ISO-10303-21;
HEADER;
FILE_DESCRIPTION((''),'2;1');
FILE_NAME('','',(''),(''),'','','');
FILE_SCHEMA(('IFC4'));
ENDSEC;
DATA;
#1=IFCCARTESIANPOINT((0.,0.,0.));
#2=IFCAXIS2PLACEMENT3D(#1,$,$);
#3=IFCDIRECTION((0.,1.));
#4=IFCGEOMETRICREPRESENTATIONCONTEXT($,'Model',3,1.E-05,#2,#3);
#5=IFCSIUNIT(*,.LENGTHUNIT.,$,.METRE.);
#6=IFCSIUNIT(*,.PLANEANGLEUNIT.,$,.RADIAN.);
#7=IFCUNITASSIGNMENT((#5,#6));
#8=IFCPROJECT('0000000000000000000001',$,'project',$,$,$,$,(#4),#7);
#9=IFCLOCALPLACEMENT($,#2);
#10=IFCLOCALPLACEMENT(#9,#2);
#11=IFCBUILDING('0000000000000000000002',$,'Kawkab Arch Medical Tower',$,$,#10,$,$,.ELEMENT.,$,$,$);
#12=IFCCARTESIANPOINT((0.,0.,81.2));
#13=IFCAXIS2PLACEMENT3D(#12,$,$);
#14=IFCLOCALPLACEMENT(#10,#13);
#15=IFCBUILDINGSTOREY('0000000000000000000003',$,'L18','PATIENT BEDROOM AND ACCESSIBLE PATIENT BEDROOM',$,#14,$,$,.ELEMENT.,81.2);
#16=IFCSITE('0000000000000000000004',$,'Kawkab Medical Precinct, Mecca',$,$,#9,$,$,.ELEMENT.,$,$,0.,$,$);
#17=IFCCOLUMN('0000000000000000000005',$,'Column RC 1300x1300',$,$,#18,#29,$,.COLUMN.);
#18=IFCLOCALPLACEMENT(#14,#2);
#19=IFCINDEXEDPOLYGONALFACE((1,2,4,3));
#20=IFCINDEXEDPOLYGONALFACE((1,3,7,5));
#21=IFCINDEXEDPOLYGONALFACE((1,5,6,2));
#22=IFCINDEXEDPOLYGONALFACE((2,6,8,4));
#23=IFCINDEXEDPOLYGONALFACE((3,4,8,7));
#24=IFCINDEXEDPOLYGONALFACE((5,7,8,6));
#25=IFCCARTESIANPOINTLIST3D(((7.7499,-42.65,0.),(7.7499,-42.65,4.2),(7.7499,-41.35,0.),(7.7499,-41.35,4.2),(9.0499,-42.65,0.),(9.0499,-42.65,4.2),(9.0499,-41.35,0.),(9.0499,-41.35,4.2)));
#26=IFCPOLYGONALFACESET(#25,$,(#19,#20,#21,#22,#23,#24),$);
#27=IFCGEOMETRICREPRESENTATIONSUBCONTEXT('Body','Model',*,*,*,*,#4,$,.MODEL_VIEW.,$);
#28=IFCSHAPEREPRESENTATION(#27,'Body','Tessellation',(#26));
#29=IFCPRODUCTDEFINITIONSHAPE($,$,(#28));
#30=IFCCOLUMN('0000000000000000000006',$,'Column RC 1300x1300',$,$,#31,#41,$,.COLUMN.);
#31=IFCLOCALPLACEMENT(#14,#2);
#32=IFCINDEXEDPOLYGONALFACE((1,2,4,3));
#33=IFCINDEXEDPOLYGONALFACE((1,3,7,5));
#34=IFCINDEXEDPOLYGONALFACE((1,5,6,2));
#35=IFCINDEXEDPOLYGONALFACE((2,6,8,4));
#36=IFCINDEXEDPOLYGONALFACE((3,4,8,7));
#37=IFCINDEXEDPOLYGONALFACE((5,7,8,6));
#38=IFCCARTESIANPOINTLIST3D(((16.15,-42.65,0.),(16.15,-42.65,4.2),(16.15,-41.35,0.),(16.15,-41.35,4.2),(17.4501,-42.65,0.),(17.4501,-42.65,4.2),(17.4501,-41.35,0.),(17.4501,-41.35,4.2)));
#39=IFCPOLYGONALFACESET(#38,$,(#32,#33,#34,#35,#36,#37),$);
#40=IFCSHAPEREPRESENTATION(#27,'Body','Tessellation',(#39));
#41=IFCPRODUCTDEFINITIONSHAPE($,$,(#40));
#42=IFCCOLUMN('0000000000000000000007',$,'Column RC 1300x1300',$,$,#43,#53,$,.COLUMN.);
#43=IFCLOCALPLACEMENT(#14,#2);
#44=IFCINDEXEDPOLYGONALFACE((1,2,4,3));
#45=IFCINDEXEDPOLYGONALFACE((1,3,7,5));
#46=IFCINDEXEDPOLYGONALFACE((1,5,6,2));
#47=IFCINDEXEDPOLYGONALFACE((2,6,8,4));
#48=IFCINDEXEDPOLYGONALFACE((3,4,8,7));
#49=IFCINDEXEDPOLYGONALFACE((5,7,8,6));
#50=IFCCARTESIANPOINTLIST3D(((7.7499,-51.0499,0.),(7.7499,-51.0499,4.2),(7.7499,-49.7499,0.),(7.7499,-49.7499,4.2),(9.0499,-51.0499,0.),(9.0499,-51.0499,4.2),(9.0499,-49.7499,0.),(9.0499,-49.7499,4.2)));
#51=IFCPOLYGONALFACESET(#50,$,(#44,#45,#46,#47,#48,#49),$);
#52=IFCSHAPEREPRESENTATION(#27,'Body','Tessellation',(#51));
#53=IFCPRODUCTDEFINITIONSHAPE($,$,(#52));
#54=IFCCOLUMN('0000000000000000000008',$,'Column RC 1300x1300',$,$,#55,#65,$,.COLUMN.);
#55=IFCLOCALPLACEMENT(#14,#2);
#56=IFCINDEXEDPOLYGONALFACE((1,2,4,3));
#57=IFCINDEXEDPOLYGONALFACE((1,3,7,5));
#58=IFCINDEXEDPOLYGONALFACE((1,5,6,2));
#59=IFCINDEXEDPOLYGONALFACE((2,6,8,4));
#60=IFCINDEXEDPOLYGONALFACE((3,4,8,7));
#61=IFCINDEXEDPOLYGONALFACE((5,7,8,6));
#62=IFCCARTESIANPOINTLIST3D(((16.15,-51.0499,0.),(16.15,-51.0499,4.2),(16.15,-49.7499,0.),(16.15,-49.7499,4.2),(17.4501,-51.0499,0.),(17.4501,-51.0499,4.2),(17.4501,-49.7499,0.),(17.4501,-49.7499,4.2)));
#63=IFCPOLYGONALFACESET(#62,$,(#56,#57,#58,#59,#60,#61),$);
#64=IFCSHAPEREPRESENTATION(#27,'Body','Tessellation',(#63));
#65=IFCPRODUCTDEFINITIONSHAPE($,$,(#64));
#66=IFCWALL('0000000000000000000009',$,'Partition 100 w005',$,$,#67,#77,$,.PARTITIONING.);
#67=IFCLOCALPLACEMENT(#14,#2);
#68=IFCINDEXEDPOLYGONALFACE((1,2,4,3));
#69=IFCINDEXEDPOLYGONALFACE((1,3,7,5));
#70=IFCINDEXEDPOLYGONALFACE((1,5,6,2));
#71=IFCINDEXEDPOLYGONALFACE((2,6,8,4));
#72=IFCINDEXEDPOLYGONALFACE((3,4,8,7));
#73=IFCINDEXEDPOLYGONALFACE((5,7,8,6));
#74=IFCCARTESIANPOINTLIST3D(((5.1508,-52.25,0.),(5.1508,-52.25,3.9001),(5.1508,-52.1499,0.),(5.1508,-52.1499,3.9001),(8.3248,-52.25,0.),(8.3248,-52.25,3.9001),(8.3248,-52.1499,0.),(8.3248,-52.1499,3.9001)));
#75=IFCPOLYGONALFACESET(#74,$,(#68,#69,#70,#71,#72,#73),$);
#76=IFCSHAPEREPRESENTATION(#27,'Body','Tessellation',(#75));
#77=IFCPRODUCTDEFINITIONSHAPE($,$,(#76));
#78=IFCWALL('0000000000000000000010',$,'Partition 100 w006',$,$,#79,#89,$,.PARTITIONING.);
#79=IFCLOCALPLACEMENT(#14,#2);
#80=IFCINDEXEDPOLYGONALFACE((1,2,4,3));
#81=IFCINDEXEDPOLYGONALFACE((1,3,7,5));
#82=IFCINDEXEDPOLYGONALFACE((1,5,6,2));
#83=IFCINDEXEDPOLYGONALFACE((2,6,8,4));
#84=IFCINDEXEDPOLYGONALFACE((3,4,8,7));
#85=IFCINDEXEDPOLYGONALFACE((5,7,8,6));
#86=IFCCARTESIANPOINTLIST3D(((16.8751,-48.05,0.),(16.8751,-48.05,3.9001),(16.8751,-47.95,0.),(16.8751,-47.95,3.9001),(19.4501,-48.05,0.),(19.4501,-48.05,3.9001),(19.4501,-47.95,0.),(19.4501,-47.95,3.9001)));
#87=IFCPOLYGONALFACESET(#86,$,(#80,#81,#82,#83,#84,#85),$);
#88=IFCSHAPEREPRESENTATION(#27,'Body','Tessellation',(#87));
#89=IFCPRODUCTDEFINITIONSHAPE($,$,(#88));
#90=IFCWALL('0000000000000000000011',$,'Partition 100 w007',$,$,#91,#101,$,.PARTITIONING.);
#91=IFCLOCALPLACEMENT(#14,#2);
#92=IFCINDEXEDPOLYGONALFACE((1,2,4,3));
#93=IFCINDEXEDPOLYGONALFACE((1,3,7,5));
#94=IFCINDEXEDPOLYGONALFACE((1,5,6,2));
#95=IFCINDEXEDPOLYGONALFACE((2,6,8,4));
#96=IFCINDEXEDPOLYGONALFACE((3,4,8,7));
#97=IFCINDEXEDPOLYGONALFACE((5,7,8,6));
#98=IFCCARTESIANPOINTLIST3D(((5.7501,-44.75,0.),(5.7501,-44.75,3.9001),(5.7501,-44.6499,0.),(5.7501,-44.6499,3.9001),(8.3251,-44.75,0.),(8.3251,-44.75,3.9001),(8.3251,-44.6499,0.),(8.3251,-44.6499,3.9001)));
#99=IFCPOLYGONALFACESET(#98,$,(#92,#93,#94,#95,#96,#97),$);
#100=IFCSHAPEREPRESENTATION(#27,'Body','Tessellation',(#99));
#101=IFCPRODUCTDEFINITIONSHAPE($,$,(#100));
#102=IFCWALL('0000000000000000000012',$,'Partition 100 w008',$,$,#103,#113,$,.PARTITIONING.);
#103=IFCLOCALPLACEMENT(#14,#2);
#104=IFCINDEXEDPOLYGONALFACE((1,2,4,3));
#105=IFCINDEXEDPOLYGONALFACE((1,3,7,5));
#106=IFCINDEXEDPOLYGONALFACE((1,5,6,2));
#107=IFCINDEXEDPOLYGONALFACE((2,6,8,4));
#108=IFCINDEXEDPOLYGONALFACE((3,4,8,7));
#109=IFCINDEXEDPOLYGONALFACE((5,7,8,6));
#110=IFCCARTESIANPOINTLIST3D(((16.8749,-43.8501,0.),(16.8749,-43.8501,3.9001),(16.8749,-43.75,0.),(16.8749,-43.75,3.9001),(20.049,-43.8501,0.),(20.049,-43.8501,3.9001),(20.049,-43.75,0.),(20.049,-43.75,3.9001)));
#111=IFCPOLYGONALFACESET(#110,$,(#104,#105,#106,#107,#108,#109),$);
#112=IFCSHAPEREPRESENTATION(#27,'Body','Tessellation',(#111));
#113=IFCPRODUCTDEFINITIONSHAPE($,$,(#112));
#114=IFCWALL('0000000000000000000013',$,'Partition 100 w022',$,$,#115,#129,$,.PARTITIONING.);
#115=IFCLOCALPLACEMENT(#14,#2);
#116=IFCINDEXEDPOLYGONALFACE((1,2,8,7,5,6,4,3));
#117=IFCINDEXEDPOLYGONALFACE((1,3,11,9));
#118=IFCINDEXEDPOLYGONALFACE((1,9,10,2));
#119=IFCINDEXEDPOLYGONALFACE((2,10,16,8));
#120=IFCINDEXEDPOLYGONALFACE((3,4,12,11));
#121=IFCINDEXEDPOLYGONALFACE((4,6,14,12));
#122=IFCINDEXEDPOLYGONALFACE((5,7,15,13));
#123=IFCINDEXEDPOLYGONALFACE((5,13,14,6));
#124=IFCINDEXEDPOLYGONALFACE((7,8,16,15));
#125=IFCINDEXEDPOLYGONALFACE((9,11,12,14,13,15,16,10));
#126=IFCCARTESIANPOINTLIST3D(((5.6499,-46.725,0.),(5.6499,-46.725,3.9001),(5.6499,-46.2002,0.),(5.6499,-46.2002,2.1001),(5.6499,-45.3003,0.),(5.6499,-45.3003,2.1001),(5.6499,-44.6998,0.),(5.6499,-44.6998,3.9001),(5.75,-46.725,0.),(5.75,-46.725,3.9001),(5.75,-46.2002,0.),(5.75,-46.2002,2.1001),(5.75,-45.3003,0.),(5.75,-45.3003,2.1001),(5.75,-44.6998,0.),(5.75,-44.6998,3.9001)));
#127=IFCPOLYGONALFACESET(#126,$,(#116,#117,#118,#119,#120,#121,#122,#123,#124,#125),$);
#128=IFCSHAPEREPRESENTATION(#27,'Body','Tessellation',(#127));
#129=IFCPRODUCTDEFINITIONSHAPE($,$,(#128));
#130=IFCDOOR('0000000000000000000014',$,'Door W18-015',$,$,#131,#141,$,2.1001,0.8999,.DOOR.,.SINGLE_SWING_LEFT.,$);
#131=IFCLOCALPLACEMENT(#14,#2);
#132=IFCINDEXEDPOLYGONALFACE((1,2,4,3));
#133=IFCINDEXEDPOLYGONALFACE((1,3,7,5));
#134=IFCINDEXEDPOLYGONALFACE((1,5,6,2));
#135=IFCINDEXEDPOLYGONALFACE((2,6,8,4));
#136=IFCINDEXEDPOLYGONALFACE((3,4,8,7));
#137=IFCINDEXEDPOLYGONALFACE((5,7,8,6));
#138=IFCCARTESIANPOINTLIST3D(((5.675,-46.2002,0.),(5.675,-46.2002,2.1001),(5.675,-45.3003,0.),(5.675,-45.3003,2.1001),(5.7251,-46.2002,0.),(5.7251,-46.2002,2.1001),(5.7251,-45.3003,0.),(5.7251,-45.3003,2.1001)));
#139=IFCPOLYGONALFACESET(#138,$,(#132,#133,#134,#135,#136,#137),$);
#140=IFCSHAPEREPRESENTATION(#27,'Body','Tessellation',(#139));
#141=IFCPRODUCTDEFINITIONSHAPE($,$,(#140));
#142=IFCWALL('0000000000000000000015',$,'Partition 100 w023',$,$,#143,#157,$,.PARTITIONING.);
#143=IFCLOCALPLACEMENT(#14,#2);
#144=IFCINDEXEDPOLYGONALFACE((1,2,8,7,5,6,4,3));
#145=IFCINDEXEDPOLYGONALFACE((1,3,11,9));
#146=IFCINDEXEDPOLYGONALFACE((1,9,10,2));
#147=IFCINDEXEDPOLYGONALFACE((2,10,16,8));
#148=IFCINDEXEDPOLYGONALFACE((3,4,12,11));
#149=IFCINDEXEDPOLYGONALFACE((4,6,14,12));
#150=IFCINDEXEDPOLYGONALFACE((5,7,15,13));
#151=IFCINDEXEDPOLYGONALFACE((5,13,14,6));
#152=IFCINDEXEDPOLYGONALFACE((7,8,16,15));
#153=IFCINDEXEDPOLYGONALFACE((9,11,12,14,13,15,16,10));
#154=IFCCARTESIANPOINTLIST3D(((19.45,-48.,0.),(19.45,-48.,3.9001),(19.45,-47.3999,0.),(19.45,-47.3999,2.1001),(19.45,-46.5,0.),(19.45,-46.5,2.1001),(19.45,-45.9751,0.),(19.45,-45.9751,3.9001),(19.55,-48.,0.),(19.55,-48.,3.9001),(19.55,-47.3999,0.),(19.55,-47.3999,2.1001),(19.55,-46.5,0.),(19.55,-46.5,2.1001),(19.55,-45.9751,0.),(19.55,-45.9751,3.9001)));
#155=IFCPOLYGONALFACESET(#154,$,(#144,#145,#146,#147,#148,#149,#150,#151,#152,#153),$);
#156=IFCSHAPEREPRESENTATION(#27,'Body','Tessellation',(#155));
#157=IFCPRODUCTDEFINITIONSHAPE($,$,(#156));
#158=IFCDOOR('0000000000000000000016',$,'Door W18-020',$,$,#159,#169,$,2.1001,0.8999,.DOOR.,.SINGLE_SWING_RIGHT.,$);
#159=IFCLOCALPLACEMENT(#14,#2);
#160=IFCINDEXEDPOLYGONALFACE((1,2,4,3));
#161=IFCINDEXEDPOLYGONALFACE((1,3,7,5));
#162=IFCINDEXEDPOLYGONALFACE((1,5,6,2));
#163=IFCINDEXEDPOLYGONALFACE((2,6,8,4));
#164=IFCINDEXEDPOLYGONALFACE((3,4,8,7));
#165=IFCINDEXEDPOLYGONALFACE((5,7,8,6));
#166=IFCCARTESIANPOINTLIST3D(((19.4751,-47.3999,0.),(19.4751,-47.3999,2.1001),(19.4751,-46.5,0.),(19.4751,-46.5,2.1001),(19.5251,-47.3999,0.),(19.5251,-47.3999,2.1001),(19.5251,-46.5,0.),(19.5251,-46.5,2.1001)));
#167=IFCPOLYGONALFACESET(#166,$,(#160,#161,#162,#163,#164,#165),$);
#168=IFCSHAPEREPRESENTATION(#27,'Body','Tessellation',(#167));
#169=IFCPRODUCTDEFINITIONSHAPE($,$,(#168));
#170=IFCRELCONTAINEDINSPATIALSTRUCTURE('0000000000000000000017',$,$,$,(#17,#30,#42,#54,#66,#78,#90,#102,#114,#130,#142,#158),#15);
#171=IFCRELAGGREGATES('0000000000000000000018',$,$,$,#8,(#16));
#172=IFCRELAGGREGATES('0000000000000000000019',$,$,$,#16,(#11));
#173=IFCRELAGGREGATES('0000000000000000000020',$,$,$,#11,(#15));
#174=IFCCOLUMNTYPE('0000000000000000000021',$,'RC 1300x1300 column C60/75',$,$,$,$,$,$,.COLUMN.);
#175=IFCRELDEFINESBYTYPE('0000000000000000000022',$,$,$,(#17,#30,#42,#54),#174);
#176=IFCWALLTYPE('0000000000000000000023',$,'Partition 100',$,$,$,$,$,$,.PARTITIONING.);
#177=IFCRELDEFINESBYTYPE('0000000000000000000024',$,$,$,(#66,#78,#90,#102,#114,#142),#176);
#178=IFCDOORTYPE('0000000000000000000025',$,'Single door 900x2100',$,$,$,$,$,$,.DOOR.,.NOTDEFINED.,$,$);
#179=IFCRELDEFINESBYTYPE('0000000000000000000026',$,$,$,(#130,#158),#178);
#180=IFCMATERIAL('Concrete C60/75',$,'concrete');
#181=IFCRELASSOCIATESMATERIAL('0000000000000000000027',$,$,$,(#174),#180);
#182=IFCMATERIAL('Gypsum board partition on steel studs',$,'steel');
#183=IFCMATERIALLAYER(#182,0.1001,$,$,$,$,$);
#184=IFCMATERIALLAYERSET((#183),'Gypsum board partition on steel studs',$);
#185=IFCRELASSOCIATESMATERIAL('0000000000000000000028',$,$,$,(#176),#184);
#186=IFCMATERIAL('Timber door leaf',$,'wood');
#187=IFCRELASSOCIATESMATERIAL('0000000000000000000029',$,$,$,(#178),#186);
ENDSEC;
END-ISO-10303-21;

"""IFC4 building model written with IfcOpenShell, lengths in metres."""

from ifc_helpers import new_model, si_unit, direction, frame, frame_2d, origin, origin_2d, place, context, subcontext, project, spatial, rectangle, extrude, material, layer, layer_set, material_profile, profile_set, type_object, element, fill, save


model = new_model("IFC4")

# Units and contexts
model_context = context("Model", 3, precision=1e-05, world=origin(), true_north=direction((0.0, 1.0)))
body_context = subcontext(model_context, "Body", "Model", "MODEL_VIEW")
ifc_project = project(units=[si_unit("LENGTHUNIT", "METRE"), si_unit("PLANEANGLEUNIT", "RADIAN")], contexts=[model_context])

# Site, building, storey
site_placement = place(None, origin())
site = spatial("IfcSite", under=ifc_project, at=site_placement, Name="Kawkab Medical Precinct, Mecca", CompositionType="ELEMENT", RefElevation=0.0)
building_placement = place(site_placement, origin())
building = spatial("IfcBuilding", under=site, at=building_placement, Name="Kawkab Arch Medical Tower", CompositionType="ELEMENT")
storey_placement = place(building_placement, frame((0.0, 0.0, 81.2)))
storey = spatial("IfcBuildingStorey", under=building, at=storey_placement, Name="L18", Description="PATIENT BEDROOM AND ACCESSIBLE PATIENT BEDROOM", CompositionType="ELEMENT", Elevation=81.2)

# Columns
ifc_material_1 = material(Name="Concrete C60/75", Category="concrete")
ifc_material_profile = material_profile(ifc_material_1, rectangle(XDim=1.3, YDim=1.3, at=origin_2d()), Name="RC 1300x1300")
ifc_profile_set = profile_set([ifc_material_profile], Name="Concrete C60/75")
column_type = type_object("IfcColumnType", Name="RC 1300x1300 column C60/75", PredefinedType="COLUMN", material=ifc_profile_set)
for number, where, z_axis, x_axis, name in (
    (1, (8.3999, -42.0, 0.0), (0.0, 0.0, 1.0), (1.0, 0.0, 0.0), "Column RC 1300x1300"),
    (2, (16.8, -42.0, 0.0), (0.0, 0.0, 1.0), (1.0, 0.0, 0.0), "Column RC 1300x1300"),
    (3, (8.3999, -50.3999, 0.0), (0.0, 0.0, 1.0), (1.0, 0.0, 0.0), "Column RC 1300x1300"),
    (4, (16.8, -50.3999, 0.0), (0.0, 0.0, 1.0), (1.0, 0.0, 0.0), "Column RC 1300x1300"),
):
    element("IfcColumn", number, at=place(storey_placement, frame(where, z_axis=z_axis, x_axis=x_axis)), inside=storey, type_object=column_type, Name=name, PredefinedType="COLUMN", context=body_context, shape_type="SweptSolid", body=[
        extrude(rectangle(XDim=1.3, YDim=1.3, at=origin_2d()), origin(), (0.0, 0.0, 1.0), 4.2),
    ])

# Walls
ifc_material_2 = material(Name="Gypsum board partition on steel studs", Category="steel")
ifc_layer_1 = layer(ifc_material_2, 0.1001)
ifc_layer_set_1 = layer_set([ifc_layer_1], Name="Gypsum board partition on steel studs")
wall_type_1 = type_object("IfcWallType", Name="Partition 100", PredefinedType="PARTITIONING", material=ifc_layer_set_1)
wall_1_placement = place(storey_placement, frame((5.1509, -52.2, 0.0), z_axis=(0.0, 0.0, 1.0), x_axis=(1.0, 0.0, 0.0)))
element("IfcWall", 5, at=wall_1_placement, inside=storey, type_object=wall_type_1, Name="Partition 100 w005", PredefinedType="PARTITIONING", context=body_context, shape_type="SweptSolid", body=[
    extrude(rectangle(XDim=3.1741, YDim=0.1001, at=frame_2d((1.5869, 0.0))), origin(), (0.0, 0.0, 1.0), 3.9001),
])
for number, where, z_axis, x_axis, name in (
    (6, (16.875, -48.0, 0.0), (0.0, 0.0, 1.0), (1.0, 0.0, 0.0), "Partition 100 w006"),
    (7, (5.75, -44.7, 0.0), (0.0, 0.0, 1.0), (1.0, 0.0, 0.0), "Partition 100 w007"),
):
    element("IfcWall", number, at=place(storey_placement, frame(where, z_axis=z_axis, x_axis=x_axis)), inside=storey, type_object=wall_type_1, Name=name, PredefinedType="PARTITIONING", context=body_context, shape_type="SweptSolid", body=[
        extrude(rectangle(XDim=2.575, YDim=0.1001, at=frame_2d((1.2876, 0.0))), origin(), (0.0, 0.0, 1.0), 3.9001),
    ])
wall_2_placement = place(storey_placement, frame((16.875, -43.8, 0.0), z_axis=(0.0, 0.0, 1.0), x_axis=(1.0, 0.0, 0.0)))
element("IfcWall", 8, at=wall_2_placement, inside=storey, type_object=wall_type_1, Name="Partition 100 w008", PredefinedType="PARTITIONING", context=body_context, shape_type="SweptSolid", body=[
    extrude(rectangle(XDim=3.1741, YDim=0.1001, at=frame_2d((1.5869, 0.0))), origin(), (0.0, 0.0, 1.0), 3.9001),
])

# Walls, openings, doors
wall_3_placement = place(storey_placement, frame((5.7, -46.7251, 0.0), z_axis=(0.0, 0.0, 1.0), x_axis=(0.0, 1.0, 0.0)))
wall_3 = element("IfcWall", 9, at=wall_3_placement, inside=storey, type_object=wall_type_1, Name="Partition 100 w022", PredefinedType="PARTITIONING", context=body_context, shape_type="SweptSolid", body=[
    extrude(rectangle(XDim=2.0251, YDim=0.1001, at=frame_2d((1.0127, 0.0))), origin(), (0.0, 0.0, 1.0), 3.9001),
])
opening_1_placement = place(wall_3_placement, frame((0.5249, 0.0, 0.0)))
opening_1 = element("IfcOpeningElement", 10, at=opening_1_placement, cuts=wall_3, PredefinedType="OPENING", context=body_context, shape_type="SweptSolid", body=[
    extrude(rectangle(XDim=0.8999, YDim=2.1001, at=frame_2d((0.45, 1.05))), frame((0.0, 0.0601, 0.0), z_axis=(0.0, -1.0, 0.0), x_axis=(1.0, 0.0, 0.0)), (0.0, 0.0, 1.0), 0.1201),
])
ifc_material_3 = material(Name="Timber door leaf", Category="wood")
door_type_1 = type_object("IfcDoorType", Name="Single door 900x2100", OperationType="NOTDEFINED", PredefinedType="DOOR", material=ifc_material_3)
door_1_placement = place(opening_1_placement, origin())
door_1 = element("IfcDoor", 11, at=door_1_placement, inside=storey, type_object=door_type_1, Name="Door W18-015", OperationType="SINGLE_SWING_LEFT", OverallHeight=2.1001, OverallWidth=0.8999, PredefinedType="DOOR", context=body_context, shape_type="SweptSolid", body=[
    extrude(rectangle(XDim=0.8999, YDim=2.1001, at=frame_2d((0.45, 1.05))), frame((0.0, 0.0249, 0.0), z_axis=(0.0, -1.0, 0.0), x_axis=(1.0, 0.0, 0.0)), (0.0, 0.0, 1.0), 0.05),
])
fill(opening_1, door_1)
wall_4_placement = place(storey_placement, frame((19.5, -48.0, 0.0), z_axis=(0.0, 0.0, 1.0), x_axis=(0.0, 1.0, 0.0)))
wall_4 = element("IfcWall", 12, at=wall_4_placement, inside=storey, type_object=wall_type_1, Name="Partition 100 w023", PredefinedType="PARTITIONING", context=body_context, shape_type="SweptSolid", body=[
    extrude(rectangle(XDim=2.0249, YDim=0.1001, at=frame_2d((1.0125, 0.0))), origin(), (0.0, 0.0, 1.0), 3.9001),
])
opening_2_placement = place(wall_4_placement, frame((0.6001, 0.0, 0.0)))
opening_2 = element("IfcOpeningElement", 13, at=opening_2_placement, cuts=wall_4, PredefinedType="OPENING", context=body_context, shape_type="SweptSolid", body=[
    extrude(rectangle(XDim=0.8999, YDim=2.1001, at=frame_2d((0.45, 1.05))), frame((0.0, 0.0601, 0.0), z_axis=(0.0, -1.0, 0.0), x_axis=(1.0, 0.0, 0.0)), (0.0, 0.0, 1.0), 0.1201),
])
door_2_placement = place(opening_2_placement, origin())
door_2 = element("IfcDoor", 14, at=door_2_placement, inside=storey, type_object=door_type_1, Name="Door W18-020", OperationType="SINGLE_SWING_RIGHT", OverallHeight=2.1001, OverallWidth=0.8999, PredefinedType="DOOR", context=body_context, shape_type="SweptSolid", body=[
    extrude(rectangle(XDim=0.8999, YDim=2.1001, at=frame_2d((0.45, 1.05))), frame((0.0, 0.0249, 0.0), z_axis=(0.0, -1.0, 0.0), x_axis=(1.0, 0.0, 0.0)), (0.0, 0.0, 1.0), 0.05),
])
fill(opening_2, door_2)

save(model, "model.ifc")
